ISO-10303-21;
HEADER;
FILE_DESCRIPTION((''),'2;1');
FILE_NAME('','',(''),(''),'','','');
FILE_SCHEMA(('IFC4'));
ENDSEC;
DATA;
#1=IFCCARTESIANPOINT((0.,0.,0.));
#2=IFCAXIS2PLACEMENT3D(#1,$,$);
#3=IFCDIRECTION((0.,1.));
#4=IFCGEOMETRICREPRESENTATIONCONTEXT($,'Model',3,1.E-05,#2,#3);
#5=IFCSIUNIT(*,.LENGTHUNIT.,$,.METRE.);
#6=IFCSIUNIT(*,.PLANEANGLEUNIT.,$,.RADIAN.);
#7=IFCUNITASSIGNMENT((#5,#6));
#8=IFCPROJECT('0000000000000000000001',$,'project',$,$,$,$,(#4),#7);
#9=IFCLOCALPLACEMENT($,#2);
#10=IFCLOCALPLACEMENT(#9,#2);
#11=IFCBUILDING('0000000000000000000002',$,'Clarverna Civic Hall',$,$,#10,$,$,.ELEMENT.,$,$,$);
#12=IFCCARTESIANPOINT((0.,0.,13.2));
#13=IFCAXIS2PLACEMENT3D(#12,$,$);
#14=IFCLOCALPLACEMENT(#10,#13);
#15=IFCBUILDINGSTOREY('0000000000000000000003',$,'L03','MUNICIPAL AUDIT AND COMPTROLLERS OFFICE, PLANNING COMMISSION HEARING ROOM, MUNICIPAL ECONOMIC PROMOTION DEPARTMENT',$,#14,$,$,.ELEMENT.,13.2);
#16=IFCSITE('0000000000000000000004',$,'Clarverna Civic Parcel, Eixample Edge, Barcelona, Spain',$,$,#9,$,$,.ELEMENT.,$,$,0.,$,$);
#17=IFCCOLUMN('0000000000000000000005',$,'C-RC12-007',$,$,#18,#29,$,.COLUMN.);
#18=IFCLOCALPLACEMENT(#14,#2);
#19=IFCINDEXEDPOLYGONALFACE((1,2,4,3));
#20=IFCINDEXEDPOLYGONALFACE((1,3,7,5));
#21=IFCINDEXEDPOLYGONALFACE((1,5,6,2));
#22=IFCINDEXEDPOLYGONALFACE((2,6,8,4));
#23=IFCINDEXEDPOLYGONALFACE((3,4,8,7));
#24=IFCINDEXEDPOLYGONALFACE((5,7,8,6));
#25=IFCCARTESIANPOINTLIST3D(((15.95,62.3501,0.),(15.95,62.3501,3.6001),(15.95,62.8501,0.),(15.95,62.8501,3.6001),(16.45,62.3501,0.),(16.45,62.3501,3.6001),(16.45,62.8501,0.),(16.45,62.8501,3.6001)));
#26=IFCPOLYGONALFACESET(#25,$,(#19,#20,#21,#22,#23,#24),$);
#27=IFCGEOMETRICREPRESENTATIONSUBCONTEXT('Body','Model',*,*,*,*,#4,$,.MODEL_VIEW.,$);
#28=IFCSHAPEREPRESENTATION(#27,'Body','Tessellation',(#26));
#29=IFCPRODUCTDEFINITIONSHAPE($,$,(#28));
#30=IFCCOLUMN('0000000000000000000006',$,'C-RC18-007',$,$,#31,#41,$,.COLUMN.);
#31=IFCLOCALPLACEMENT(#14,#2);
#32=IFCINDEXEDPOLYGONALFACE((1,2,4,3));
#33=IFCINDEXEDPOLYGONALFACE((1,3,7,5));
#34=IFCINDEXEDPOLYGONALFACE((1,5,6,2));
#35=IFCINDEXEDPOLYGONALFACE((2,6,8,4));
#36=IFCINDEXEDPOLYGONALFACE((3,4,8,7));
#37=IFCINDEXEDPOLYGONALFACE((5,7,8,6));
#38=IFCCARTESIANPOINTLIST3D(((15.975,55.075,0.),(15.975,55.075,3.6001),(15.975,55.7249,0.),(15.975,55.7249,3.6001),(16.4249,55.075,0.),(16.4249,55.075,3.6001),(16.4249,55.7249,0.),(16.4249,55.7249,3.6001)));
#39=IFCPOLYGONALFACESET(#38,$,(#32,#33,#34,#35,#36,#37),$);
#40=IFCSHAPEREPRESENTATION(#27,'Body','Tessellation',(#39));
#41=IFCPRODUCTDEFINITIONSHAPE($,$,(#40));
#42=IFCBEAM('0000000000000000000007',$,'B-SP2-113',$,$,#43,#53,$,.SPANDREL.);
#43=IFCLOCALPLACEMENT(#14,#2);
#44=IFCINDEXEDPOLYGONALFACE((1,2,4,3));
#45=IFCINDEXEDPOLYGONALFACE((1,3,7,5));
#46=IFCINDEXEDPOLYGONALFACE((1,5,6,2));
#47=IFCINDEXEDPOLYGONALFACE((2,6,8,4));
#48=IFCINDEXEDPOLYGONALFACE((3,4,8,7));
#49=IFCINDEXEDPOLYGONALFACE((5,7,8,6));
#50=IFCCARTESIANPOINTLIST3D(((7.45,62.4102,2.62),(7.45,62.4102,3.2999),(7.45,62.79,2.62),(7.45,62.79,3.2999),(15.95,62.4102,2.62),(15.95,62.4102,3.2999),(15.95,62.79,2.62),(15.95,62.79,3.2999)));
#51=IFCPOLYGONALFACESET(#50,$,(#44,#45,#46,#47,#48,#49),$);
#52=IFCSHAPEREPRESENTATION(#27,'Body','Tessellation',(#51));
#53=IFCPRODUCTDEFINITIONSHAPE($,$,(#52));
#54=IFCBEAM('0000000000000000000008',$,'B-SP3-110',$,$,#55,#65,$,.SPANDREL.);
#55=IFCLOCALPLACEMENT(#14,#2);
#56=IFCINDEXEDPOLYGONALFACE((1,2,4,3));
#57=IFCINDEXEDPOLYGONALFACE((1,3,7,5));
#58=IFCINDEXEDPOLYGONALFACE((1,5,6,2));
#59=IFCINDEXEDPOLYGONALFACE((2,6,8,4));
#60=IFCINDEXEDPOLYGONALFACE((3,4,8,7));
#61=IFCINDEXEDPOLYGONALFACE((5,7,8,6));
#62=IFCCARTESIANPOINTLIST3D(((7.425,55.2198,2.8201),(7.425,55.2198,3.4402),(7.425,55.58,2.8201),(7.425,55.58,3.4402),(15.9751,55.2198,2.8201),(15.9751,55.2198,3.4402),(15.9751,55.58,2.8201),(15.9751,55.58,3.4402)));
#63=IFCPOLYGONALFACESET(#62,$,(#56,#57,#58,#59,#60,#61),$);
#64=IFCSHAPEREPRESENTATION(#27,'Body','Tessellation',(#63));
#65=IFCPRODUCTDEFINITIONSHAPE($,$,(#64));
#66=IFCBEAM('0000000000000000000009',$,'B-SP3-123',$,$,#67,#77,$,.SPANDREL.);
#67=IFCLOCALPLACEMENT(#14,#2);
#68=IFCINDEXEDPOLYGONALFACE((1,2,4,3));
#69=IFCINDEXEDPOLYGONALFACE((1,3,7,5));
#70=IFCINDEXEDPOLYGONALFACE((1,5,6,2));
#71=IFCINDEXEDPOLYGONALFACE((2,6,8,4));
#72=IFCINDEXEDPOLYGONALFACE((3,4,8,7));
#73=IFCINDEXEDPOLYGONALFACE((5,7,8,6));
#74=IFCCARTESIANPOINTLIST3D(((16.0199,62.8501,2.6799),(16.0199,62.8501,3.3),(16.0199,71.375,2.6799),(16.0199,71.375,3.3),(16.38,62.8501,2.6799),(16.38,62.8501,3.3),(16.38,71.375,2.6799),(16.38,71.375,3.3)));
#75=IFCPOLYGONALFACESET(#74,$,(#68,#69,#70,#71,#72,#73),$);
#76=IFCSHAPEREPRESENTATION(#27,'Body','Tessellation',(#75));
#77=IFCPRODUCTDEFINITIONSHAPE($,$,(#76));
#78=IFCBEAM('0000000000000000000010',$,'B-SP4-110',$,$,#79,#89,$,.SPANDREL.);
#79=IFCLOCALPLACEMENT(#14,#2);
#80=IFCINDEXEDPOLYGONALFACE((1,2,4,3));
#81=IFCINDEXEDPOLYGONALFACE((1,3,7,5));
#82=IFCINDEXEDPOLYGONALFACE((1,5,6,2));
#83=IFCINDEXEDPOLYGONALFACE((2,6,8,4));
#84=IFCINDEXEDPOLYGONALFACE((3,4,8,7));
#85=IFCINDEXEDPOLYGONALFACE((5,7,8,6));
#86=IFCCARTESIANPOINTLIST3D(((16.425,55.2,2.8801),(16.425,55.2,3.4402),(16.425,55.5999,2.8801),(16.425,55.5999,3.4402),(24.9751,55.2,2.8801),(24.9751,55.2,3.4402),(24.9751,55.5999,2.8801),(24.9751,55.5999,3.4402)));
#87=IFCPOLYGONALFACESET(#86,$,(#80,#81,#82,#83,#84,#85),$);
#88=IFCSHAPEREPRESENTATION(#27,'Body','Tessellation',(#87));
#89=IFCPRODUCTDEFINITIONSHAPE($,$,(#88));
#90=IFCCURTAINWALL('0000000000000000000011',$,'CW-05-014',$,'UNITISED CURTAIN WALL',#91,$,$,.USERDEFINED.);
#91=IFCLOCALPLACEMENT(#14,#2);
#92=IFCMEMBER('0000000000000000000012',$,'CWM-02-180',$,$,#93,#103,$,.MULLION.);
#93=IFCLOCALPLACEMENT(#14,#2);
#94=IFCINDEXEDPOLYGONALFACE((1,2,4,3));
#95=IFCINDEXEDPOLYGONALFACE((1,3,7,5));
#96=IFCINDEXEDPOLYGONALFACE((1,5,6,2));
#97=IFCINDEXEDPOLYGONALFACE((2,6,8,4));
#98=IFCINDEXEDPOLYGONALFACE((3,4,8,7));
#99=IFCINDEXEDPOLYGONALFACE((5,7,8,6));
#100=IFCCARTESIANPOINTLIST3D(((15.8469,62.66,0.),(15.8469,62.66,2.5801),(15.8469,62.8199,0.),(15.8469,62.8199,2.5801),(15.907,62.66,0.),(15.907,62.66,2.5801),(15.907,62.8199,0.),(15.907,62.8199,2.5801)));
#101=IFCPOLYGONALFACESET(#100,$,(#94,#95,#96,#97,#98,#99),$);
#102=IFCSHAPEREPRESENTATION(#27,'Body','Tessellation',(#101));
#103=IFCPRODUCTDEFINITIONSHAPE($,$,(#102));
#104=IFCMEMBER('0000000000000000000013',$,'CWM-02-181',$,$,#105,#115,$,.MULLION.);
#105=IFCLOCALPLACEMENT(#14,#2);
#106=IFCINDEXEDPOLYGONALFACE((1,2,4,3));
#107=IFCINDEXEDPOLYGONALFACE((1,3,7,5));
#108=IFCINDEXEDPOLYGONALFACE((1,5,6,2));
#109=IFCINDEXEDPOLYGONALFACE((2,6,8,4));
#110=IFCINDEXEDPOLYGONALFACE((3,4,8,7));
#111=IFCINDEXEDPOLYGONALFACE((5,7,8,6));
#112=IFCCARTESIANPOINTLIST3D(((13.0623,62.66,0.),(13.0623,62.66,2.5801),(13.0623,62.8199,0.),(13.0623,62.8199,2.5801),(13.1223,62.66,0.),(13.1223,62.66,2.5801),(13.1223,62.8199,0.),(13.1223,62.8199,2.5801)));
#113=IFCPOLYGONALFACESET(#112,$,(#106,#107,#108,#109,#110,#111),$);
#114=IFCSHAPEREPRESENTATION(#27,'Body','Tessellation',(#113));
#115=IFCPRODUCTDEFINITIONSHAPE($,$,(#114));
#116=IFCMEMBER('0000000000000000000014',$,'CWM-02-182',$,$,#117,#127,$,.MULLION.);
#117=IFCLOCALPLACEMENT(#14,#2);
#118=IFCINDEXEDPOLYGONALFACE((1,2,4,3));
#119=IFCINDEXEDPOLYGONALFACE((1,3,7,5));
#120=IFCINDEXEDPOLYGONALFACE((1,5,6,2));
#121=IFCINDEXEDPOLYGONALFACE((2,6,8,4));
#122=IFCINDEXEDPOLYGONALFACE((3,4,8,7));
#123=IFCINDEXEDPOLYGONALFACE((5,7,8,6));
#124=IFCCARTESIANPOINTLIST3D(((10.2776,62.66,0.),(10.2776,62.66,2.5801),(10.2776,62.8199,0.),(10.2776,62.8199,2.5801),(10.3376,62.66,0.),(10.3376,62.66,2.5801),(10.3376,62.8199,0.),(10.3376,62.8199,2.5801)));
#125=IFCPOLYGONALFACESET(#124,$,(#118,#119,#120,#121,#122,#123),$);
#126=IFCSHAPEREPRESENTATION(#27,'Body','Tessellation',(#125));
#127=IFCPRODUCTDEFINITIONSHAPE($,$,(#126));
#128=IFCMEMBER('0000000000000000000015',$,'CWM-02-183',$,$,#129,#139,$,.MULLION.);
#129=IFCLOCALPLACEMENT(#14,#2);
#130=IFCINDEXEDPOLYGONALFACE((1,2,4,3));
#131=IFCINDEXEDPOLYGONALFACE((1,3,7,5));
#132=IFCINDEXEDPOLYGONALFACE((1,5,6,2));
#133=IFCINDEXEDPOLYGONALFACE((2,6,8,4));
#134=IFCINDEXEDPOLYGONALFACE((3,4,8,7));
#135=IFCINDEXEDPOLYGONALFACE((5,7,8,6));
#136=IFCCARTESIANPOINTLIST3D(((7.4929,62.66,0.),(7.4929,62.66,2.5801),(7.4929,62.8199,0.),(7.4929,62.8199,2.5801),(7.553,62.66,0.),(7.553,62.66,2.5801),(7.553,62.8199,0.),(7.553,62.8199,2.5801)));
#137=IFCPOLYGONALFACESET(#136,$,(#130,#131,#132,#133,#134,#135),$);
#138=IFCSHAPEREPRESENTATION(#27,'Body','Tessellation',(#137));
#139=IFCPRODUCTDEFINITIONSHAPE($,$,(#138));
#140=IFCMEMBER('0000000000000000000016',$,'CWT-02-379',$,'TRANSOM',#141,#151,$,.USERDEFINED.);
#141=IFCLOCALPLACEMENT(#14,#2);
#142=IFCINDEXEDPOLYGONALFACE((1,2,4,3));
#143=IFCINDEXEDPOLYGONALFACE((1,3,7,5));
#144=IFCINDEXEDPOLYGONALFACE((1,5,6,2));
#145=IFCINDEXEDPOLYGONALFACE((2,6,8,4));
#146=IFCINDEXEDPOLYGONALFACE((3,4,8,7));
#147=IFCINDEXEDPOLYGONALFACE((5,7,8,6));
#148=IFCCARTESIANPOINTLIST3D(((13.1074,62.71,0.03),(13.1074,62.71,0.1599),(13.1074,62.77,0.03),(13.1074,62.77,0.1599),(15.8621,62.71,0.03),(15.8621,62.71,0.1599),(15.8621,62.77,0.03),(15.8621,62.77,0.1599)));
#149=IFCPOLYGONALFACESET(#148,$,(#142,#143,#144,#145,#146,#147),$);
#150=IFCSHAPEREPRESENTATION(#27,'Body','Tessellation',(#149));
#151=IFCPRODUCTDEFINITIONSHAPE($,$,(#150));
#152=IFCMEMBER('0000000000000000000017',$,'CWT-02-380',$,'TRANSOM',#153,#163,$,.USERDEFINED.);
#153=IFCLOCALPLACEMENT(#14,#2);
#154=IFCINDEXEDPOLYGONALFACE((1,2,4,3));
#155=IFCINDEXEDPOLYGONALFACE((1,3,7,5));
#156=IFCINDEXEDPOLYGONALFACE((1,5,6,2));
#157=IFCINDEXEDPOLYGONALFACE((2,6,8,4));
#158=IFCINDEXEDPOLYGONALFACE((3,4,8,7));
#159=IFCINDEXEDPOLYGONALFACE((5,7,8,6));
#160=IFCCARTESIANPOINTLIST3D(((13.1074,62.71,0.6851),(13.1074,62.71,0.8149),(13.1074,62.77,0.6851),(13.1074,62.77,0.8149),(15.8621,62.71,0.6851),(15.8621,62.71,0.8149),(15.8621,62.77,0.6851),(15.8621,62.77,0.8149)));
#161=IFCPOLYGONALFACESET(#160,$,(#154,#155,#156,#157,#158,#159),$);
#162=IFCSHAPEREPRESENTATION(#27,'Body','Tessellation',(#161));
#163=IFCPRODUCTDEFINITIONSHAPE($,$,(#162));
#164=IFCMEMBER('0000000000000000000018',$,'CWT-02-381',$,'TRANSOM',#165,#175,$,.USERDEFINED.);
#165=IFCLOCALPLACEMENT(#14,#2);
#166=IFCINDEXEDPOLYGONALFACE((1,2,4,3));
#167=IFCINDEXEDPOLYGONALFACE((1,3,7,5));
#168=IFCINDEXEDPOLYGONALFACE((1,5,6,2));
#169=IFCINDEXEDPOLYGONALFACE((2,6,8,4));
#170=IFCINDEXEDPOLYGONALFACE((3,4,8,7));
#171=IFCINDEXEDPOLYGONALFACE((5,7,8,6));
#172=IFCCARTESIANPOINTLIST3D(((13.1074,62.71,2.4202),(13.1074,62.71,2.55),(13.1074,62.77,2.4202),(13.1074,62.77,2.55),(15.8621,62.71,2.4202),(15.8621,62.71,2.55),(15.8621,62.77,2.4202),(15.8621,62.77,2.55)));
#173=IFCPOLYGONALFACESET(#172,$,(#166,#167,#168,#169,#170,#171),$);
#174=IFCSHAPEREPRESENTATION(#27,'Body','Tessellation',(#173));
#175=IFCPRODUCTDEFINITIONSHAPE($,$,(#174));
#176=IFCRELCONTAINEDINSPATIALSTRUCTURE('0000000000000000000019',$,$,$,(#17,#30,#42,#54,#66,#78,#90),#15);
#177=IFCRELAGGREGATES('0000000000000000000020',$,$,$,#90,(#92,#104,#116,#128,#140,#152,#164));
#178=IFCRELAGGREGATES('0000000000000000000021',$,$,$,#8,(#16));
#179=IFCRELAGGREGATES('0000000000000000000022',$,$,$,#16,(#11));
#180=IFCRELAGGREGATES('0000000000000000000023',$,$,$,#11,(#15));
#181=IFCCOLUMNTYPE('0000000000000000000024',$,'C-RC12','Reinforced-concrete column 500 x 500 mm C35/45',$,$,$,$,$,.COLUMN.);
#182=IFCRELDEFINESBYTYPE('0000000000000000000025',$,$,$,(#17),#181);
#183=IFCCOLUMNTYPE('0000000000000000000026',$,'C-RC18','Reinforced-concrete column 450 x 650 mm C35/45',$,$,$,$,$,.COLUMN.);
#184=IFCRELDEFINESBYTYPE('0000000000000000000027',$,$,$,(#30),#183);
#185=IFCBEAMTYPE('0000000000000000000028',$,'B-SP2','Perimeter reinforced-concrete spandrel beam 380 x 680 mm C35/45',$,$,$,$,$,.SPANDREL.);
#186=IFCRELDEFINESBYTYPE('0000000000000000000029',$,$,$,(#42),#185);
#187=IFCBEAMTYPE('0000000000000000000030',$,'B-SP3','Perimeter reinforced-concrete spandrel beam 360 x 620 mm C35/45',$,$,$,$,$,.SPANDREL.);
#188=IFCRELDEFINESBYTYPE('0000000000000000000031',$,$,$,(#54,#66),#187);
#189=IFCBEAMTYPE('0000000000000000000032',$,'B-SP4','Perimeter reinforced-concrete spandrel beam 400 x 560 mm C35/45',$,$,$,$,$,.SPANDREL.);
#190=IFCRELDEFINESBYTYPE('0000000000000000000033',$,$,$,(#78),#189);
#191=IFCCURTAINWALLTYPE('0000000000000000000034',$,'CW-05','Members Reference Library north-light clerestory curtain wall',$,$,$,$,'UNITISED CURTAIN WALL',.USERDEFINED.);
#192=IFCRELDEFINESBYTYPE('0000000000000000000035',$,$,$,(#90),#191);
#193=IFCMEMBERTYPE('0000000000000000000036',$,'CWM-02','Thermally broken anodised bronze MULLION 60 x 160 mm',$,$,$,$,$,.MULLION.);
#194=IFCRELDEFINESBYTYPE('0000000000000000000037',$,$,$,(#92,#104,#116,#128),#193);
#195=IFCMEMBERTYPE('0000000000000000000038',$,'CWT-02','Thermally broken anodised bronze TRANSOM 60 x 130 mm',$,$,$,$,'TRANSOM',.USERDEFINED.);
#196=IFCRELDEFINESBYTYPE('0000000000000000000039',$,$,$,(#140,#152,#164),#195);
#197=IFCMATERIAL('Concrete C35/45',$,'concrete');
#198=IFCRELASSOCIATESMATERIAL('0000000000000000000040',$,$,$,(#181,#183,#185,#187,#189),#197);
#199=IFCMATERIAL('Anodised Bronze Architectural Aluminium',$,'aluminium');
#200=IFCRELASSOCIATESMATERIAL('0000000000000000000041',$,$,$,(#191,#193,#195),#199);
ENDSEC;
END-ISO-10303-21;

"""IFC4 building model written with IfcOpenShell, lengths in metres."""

from ifc_helpers import new_model, si_unit, direction, frame, origin, origin_2d, place, context, subcontext, project, spatial, rectangle, extrude, material, material_profile, profile_set, type_object, element, aggregate, save


model = new_model("IFC4")

# Units and contexts
model_context = context("Model", 3, precision=1e-05, world=origin(), true_north=direction((0.0, 1.0)))
body_context = subcontext(model_context, "Body", "Model", "MODEL_VIEW")
ifc_project = project(units=[si_unit("LENGTHUNIT", "METRE"), si_unit("PLANEANGLEUNIT", "RADIAN")], contexts=[model_context])

# Site, building, storey
site_placement = place(None, origin())
site = spatial("IfcSite", under=ifc_project, at=site_placement, Name="Clarverna Civic Parcel, Eixample Edge, Barcelona, Spain", CompositionType="ELEMENT", RefElevation=0.0)
building_placement = place(site_placement, origin())
building = spatial("IfcBuilding", under=site, at=building_placement, Name="Clarverna Civic Hall", CompositionType="ELEMENT")
storey_placement = place(building_placement, frame((0.0, 0.0, 13.2)))
storey = spatial("IfcBuildingStorey", under=building, at=storey_placement, Name="L03", Description="MUNICIPAL AUDIT AND COMPTROLLERS OFFICE, PLANNING COMMISSION HEARING ROOM, MUNICIPAL ECONOMIC PROMOTION DEPARTMENT", CompositionType="ELEMENT", Elevation=13.2)

# Columns
ifc_material_1 = material(Name="Concrete C35/45", Category="concrete")
ifc_material_profile_1 = material_profile(ifc_material_1, rectangle(XDim=0.5, YDim=0.5, at=origin_2d()), Name="RC 500x500")
ifc_profile_set_1 = profile_set([ifc_material_profile_1], Name="Concrete C35/45")
column_type_1 = type_object("IfcColumnType", Name="C-RC12", Description="Reinforced-concrete column 500 x 500 mm C35/45", PredefinedType="COLUMN", material=ifc_profile_set_1)
column_1_placement = place(storey_placement, frame((16.2, 62.6001, 0.0), z_axis=(0.0, 0.0, 1.0), x_axis=(1.0, 0.0, 0.0)))
element("IfcColumn", 1, at=column_1_placement, inside=storey, type_object=column_type_1, Name="C-RC12-007", PredefinedType="COLUMN", context=body_context, shape_type="SweptSolid", body=[
    extrude(rectangle(XDim=0.5, YDim=0.5, at=origin_2d()), origin(), (0.0, 0.0, 1.0), 3.6001),
])
ifc_material_profile_2 = material_profile(ifc_material_1, rectangle(XDim=0.45, YDim=0.6499, at=origin_2d()), Name="RC 450x650")
ifc_profile_set_2 = profile_set([ifc_material_profile_2], Name="Concrete C35/45")
column_type_2 = type_object("IfcColumnType", Name="C-RC18", Description="Reinforced-concrete column 450 x 650 mm C35/45", PredefinedType="COLUMN", material=ifc_profile_set_2)
column_2_placement = place(storey_placement, frame((16.2, 55.3999, 0.0), z_axis=(0.0, 0.0, 1.0), x_axis=(1.0, 0.0, 0.0)))
element("IfcColumn", 2, at=column_2_placement, inside=storey, type_object=column_type_2, Name="C-RC18-007", PredefinedType="COLUMN", context=body_context, shape_type="SweptSolid", body=[
    extrude(rectangle(XDim=0.45, YDim=0.6499, at=origin_2d()), origin(), (0.0, 0.0, 1.0), 3.6001),
])

# Beams
ifc_material_profile_3 = material_profile(ifc_material_1, rectangle(XDim=0.3799, YDim=0.6799, at=origin_2d()), Name="RC 380x680")
ifc_profile_set_3 = profile_set([ifc_material_profile_3], Name="Concrete C35/45")
beam_type_1 = type_object("IfcBeamType", Name="B-SP2", Description="Perimeter reinforced-concrete spandrel beam 380 x 680 mm C35/45", PredefinedType="SPANDREL", material=ifc_profile_set_3)
beam_1_placement = place(storey_placement, frame((7.45, 62.6001, 2.96), z_axis=(1.0, 0.0, 0.0), x_axis=(0.0, 1.0, 0.0)))
element("IfcBeam", 3, at=beam_1_placement, inside=storey, type_object=beam_type_1, Name="B-SP2-113", PredefinedType="SPANDREL", context=body_context, shape_type="SweptSolid", body=[
    extrude(rectangle(XDim=0.3799, YDim=0.6799, at=origin_2d()), origin(), (0.0, 0.0, 1.0), 8.5),
])
ifc_material_profile_4 = material_profile(ifc_material_1, rectangle(XDim=0.3601, YDim=0.6201, at=origin_2d()), Name="RC 360x620")
ifc_profile_set_4 = profile_set([ifc_material_profile_4], Name="Concrete C35/45")
beam_type_2 = type_object("IfcBeamType", Name="B-SP3", Description="Perimeter reinforced-concrete spandrel beam 360 x 620 mm C35/45", PredefinedType="SPANDREL", material=ifc_profile_set_4)
beam_2_placement = place(storey_placement, frame((7.425, 55.3999, 3.1301), z_axis=(1.0, 0.0, 0.0), x_axis=(0.0, 1.0, 0.0)))
element("IfcBeam", 4, at=beam_2_placement, inside=storey, type_object=beam_type_2, Name="B-SP3-110", PredefinedType="SPANDREL", context=body_context, shape_type="SweptSolid", body=[
    extrude(rectangle(XDim=0.3601, YDim=0.6201, at=origin_2d()), origin(), (0.0, 0.0, 1.0), 8.55),
])
beam_3_placement = place(storey_placement, frame((16.2, 62.8501, 2.99), z_axis=(0.0, 1.0, 0.0), x_axis=(-1.0, 0.0, 0.0)))
element("IfcBeam", 5, at=beam_3_placement, inside=storey, type_object=beam_type_2, Name="B-SP3-123", PredefinedType="SPANDREL", context=body_context, shape_type="SweptSolid", body=[
    extrude(rectangle(XDim=0.3601, YDim=0.6201, at=origin_2d()), origin(), (0.0, 0.0, 1.0), 8.5249),
])
ifc_material_profile_5 = material_profile(ifc_material_1, rectangle(XDim=0.3999, YDim=0.5601, at=origin_2d()), Name="RC 400x560")
ifc_profile_set_5 = profile_set([ifc_material_profile_5], Name="Concrete C35/45")
beam_type_3 = type_object("IfcBeamType", Name="B-SP4", Description="Perimeter reinforced-concrete spandrel beam 400 x 560 mm C35/45", PredefinedType="SPANDREL", material=ifc_profile_set_5)
beam_4_placement = place(storey_placement, frame((16.425, 55.3999, 3.1602), z_axis=(1.0, 0.0, 0.0), x_axis=(0.0, 1.0, 0.0)))
element("IfcBeam", 6, at=beam_4_placement, inside=storey, type_object=beam_type_3, Name="B-SP4-110", PredefinedType="SPANDREL", context=body_context, shape_type="SweptSolid", body=[
    extrude(rectangle(XDim=0.3999, YDim=0.5601, at=origin_2d()), origin(), (0.0, 0.0, 1.0), 8.55),
])

# Curtain wall, members
ifc_material_2 = material(Name="Anodised Bronze Architectural Aluminium", Category="aluminium")
curtain_wall_type = type_object("IfcCurtainWallType", Name="CW-05", Description="Members Reference Library north-light clerestory curtain wall", ElementType="UNITISED CURTAIN WALL", PredefinedType="USERDEFINED", material=ifc_material_2)
curtain_wall_placement = place(storey_placement, origin())
curtain_wall = element("IfcCurtainWall", 7, at=curtain_wall_placement, inside=storey, type_object=curtain_wall_type, Name="CW-05-014", ObjectType="UNITISED CURTAIN WALL", PredefinedType="USERDEFINED")
ifc_material_profile_6 = material_profile(ifc_material_2, rectangle(XDim=0.0601, YDim=0.1599, at=origin_2d()), Name="BRONZE 60x160")
ifc_profile_set_6 = profile_set([ifc_material_profile_6], Name="Anodised Bronze Architectural Aluminium")
member_type_1 = type_object("IfcMemberType", Name="CWM-02", Description="Thermally broken anodised bronze MULLION 60 x 160 mm", PredefinedType="MULLION", material=ifc_profile_set_6)
member_1_placement = place(storey_placement, frame((15.877, 62.74, 0.0), z_axis=(0.0, 0.0, 1.0), x_axis=(1.0, 0.0, 0.0)))
member_1 = element("IfcMember", 8, at=member_1_placement, type_object=member_type_1, Name="CWM-02-180", PredefinedType="MULLION", context=body_context, shape_type="SweptSolid", body=[
    extrude(rectangle(XDim=0.0601, YDim=0.1599, at=origin_2d()), origin(), (0.0, 0.0, 1.0), 2.5801),
])
member_2_placement = place(storey_placement, frame((13.0923, 62.74, 0.0), z_axis=(0.0, 0.0, 1.0), x_axis=(1.0, 0.0, 0.0)))
member_2 = element("IfcMember", 9, at=member_2_placement, type_object=member_type_1, Name="CWM-02-181", PredefinedType="MULLION", context=body_context, shape_type="SweptSolid", body=[
    extrude(rectangle(XDim=0.0601, YDim=0.1599, at=origin_2d()), origin(), (0.0, 0.0, 1.0), 2.5801),
])
member_3_placement = place(storey_placement, frame((10.3076, 62.74, 0.0), z_axis=(0.0, 0.0, 1.0), x_axis=(1.0, 0.0, 0.0)))
member_3 = element("IfcMember", 10, at=member_3_placement, type_object=member_type_1, Name="CWM-02-182", PredefinedType="MULLION", context=body_context, shape_type="SweptSolid", body=[
    extrude(rectangle(XDim=0.0601, YDim=0.1599, at=origin_2d()), origin(), (0.0, 0.0, 1.0), 2.5801),
])
member_4_placement = place(storey_placement, frame((7.5229, 62.74, 0.0), z_axis=(0.0, 0.0, 1.0), x_axis=(1.0, 0.0, 0.0)))
member_4 = element("IfcMember", 11, at=member_4_placement, type_object=member_type_1, Name="CWM-02-183", PredefinedType="MULLION", context=body_context, shape_type="SweptSolid", body=[
    extrude(rectangle(XDim=0.0601, YDim=0.1599, at=origin_2d()), origin(), (0.0, 0.0, 1.0), 2.5801),
])
ifc_material_profile_7 = material_profile(ifc_material_2, rectangle(XDim=0.0601, YDim=0.1299, at=origin_2d()), Name="BRONZE 60x130")
ifc_profile_set_7 = profile_set([ifc_material_profile_7], Name="Anodised Bronze Architectural Aluminium")
member_type_2 = type_object("IfcMemberType", Name="CWT-02", Description="Thermally broken anodised bronze TRANSOM 60 x 130 mm", ElementType="TRANSOM", PredefinedType="USERDEFINED", material=ifc_profile_set_7)
member_5_placement = place(storey_placement, frame((15.8621, 62.74, 0.095), z_axis=(-1.0, 0.0, 0.0), x_axis=(0.0, -1.0, 0.0)))
member_5 = element("IfcMember", 12, at=member_5_placement, type_object=member_type_2, Name="CWT-02-379", ObjectType="TRANSOM", PredefinedType="USERDEFINED", context=body_context, shape_type="SweptSolid", body=[
    extrude(rectangle(XDim=0.0601, YDim=0.1299, at=origin_2d()), origin(), (0.0, 0.0, 1.0), 2.7546),
])
member_6_placement = place(storey_placement, frame((15.8621, 62.74, 0.75), z_axis=(-1.0, 0.0, 0.0), x_axis=(0.0, -1.0, 0.0)))
member_6 = element("IfcMember", 13, at=member_6_placement, type_object=member_type_2, Name="CWT-02-380", ObjectType="TRANSOM", PredefinedType="USERDEFINED", context=body_context, shape_type="SweptSolid", body=[
    extrude(rectangle(XDim=0.0601, YDim=0.1299, at=origin_2d()), origin(), (0.0, 0.0, 1.0), 2.7546),
])
member_7_placement = place(storey_placement, frame((15.8621, 62.74, 2.4851), z_axis=(-1.0, 0.0, 0.0), x_axis=(0.0, -1.0, 0.0)))
member_7 = element("IfcMember", 14, at=member_7_placement, type_object=member_type_2, Name="CWT-02-381", ObjectType="TRANSOM", PredefinedType="USERDEFINED", context=body_context, shape_type="SweptSolid", body=[
    extrude(rectangle(XDim=0.0601, YDim=0.1299, at=origin_2d()), origin(), (0.0, 0.0, 1.0), 2.7546),
])

aggregate(curtain_wall, [member_1, member_2, member_3, member_4, member_5, member_6, member_7])

save(model, "model.ifc")
